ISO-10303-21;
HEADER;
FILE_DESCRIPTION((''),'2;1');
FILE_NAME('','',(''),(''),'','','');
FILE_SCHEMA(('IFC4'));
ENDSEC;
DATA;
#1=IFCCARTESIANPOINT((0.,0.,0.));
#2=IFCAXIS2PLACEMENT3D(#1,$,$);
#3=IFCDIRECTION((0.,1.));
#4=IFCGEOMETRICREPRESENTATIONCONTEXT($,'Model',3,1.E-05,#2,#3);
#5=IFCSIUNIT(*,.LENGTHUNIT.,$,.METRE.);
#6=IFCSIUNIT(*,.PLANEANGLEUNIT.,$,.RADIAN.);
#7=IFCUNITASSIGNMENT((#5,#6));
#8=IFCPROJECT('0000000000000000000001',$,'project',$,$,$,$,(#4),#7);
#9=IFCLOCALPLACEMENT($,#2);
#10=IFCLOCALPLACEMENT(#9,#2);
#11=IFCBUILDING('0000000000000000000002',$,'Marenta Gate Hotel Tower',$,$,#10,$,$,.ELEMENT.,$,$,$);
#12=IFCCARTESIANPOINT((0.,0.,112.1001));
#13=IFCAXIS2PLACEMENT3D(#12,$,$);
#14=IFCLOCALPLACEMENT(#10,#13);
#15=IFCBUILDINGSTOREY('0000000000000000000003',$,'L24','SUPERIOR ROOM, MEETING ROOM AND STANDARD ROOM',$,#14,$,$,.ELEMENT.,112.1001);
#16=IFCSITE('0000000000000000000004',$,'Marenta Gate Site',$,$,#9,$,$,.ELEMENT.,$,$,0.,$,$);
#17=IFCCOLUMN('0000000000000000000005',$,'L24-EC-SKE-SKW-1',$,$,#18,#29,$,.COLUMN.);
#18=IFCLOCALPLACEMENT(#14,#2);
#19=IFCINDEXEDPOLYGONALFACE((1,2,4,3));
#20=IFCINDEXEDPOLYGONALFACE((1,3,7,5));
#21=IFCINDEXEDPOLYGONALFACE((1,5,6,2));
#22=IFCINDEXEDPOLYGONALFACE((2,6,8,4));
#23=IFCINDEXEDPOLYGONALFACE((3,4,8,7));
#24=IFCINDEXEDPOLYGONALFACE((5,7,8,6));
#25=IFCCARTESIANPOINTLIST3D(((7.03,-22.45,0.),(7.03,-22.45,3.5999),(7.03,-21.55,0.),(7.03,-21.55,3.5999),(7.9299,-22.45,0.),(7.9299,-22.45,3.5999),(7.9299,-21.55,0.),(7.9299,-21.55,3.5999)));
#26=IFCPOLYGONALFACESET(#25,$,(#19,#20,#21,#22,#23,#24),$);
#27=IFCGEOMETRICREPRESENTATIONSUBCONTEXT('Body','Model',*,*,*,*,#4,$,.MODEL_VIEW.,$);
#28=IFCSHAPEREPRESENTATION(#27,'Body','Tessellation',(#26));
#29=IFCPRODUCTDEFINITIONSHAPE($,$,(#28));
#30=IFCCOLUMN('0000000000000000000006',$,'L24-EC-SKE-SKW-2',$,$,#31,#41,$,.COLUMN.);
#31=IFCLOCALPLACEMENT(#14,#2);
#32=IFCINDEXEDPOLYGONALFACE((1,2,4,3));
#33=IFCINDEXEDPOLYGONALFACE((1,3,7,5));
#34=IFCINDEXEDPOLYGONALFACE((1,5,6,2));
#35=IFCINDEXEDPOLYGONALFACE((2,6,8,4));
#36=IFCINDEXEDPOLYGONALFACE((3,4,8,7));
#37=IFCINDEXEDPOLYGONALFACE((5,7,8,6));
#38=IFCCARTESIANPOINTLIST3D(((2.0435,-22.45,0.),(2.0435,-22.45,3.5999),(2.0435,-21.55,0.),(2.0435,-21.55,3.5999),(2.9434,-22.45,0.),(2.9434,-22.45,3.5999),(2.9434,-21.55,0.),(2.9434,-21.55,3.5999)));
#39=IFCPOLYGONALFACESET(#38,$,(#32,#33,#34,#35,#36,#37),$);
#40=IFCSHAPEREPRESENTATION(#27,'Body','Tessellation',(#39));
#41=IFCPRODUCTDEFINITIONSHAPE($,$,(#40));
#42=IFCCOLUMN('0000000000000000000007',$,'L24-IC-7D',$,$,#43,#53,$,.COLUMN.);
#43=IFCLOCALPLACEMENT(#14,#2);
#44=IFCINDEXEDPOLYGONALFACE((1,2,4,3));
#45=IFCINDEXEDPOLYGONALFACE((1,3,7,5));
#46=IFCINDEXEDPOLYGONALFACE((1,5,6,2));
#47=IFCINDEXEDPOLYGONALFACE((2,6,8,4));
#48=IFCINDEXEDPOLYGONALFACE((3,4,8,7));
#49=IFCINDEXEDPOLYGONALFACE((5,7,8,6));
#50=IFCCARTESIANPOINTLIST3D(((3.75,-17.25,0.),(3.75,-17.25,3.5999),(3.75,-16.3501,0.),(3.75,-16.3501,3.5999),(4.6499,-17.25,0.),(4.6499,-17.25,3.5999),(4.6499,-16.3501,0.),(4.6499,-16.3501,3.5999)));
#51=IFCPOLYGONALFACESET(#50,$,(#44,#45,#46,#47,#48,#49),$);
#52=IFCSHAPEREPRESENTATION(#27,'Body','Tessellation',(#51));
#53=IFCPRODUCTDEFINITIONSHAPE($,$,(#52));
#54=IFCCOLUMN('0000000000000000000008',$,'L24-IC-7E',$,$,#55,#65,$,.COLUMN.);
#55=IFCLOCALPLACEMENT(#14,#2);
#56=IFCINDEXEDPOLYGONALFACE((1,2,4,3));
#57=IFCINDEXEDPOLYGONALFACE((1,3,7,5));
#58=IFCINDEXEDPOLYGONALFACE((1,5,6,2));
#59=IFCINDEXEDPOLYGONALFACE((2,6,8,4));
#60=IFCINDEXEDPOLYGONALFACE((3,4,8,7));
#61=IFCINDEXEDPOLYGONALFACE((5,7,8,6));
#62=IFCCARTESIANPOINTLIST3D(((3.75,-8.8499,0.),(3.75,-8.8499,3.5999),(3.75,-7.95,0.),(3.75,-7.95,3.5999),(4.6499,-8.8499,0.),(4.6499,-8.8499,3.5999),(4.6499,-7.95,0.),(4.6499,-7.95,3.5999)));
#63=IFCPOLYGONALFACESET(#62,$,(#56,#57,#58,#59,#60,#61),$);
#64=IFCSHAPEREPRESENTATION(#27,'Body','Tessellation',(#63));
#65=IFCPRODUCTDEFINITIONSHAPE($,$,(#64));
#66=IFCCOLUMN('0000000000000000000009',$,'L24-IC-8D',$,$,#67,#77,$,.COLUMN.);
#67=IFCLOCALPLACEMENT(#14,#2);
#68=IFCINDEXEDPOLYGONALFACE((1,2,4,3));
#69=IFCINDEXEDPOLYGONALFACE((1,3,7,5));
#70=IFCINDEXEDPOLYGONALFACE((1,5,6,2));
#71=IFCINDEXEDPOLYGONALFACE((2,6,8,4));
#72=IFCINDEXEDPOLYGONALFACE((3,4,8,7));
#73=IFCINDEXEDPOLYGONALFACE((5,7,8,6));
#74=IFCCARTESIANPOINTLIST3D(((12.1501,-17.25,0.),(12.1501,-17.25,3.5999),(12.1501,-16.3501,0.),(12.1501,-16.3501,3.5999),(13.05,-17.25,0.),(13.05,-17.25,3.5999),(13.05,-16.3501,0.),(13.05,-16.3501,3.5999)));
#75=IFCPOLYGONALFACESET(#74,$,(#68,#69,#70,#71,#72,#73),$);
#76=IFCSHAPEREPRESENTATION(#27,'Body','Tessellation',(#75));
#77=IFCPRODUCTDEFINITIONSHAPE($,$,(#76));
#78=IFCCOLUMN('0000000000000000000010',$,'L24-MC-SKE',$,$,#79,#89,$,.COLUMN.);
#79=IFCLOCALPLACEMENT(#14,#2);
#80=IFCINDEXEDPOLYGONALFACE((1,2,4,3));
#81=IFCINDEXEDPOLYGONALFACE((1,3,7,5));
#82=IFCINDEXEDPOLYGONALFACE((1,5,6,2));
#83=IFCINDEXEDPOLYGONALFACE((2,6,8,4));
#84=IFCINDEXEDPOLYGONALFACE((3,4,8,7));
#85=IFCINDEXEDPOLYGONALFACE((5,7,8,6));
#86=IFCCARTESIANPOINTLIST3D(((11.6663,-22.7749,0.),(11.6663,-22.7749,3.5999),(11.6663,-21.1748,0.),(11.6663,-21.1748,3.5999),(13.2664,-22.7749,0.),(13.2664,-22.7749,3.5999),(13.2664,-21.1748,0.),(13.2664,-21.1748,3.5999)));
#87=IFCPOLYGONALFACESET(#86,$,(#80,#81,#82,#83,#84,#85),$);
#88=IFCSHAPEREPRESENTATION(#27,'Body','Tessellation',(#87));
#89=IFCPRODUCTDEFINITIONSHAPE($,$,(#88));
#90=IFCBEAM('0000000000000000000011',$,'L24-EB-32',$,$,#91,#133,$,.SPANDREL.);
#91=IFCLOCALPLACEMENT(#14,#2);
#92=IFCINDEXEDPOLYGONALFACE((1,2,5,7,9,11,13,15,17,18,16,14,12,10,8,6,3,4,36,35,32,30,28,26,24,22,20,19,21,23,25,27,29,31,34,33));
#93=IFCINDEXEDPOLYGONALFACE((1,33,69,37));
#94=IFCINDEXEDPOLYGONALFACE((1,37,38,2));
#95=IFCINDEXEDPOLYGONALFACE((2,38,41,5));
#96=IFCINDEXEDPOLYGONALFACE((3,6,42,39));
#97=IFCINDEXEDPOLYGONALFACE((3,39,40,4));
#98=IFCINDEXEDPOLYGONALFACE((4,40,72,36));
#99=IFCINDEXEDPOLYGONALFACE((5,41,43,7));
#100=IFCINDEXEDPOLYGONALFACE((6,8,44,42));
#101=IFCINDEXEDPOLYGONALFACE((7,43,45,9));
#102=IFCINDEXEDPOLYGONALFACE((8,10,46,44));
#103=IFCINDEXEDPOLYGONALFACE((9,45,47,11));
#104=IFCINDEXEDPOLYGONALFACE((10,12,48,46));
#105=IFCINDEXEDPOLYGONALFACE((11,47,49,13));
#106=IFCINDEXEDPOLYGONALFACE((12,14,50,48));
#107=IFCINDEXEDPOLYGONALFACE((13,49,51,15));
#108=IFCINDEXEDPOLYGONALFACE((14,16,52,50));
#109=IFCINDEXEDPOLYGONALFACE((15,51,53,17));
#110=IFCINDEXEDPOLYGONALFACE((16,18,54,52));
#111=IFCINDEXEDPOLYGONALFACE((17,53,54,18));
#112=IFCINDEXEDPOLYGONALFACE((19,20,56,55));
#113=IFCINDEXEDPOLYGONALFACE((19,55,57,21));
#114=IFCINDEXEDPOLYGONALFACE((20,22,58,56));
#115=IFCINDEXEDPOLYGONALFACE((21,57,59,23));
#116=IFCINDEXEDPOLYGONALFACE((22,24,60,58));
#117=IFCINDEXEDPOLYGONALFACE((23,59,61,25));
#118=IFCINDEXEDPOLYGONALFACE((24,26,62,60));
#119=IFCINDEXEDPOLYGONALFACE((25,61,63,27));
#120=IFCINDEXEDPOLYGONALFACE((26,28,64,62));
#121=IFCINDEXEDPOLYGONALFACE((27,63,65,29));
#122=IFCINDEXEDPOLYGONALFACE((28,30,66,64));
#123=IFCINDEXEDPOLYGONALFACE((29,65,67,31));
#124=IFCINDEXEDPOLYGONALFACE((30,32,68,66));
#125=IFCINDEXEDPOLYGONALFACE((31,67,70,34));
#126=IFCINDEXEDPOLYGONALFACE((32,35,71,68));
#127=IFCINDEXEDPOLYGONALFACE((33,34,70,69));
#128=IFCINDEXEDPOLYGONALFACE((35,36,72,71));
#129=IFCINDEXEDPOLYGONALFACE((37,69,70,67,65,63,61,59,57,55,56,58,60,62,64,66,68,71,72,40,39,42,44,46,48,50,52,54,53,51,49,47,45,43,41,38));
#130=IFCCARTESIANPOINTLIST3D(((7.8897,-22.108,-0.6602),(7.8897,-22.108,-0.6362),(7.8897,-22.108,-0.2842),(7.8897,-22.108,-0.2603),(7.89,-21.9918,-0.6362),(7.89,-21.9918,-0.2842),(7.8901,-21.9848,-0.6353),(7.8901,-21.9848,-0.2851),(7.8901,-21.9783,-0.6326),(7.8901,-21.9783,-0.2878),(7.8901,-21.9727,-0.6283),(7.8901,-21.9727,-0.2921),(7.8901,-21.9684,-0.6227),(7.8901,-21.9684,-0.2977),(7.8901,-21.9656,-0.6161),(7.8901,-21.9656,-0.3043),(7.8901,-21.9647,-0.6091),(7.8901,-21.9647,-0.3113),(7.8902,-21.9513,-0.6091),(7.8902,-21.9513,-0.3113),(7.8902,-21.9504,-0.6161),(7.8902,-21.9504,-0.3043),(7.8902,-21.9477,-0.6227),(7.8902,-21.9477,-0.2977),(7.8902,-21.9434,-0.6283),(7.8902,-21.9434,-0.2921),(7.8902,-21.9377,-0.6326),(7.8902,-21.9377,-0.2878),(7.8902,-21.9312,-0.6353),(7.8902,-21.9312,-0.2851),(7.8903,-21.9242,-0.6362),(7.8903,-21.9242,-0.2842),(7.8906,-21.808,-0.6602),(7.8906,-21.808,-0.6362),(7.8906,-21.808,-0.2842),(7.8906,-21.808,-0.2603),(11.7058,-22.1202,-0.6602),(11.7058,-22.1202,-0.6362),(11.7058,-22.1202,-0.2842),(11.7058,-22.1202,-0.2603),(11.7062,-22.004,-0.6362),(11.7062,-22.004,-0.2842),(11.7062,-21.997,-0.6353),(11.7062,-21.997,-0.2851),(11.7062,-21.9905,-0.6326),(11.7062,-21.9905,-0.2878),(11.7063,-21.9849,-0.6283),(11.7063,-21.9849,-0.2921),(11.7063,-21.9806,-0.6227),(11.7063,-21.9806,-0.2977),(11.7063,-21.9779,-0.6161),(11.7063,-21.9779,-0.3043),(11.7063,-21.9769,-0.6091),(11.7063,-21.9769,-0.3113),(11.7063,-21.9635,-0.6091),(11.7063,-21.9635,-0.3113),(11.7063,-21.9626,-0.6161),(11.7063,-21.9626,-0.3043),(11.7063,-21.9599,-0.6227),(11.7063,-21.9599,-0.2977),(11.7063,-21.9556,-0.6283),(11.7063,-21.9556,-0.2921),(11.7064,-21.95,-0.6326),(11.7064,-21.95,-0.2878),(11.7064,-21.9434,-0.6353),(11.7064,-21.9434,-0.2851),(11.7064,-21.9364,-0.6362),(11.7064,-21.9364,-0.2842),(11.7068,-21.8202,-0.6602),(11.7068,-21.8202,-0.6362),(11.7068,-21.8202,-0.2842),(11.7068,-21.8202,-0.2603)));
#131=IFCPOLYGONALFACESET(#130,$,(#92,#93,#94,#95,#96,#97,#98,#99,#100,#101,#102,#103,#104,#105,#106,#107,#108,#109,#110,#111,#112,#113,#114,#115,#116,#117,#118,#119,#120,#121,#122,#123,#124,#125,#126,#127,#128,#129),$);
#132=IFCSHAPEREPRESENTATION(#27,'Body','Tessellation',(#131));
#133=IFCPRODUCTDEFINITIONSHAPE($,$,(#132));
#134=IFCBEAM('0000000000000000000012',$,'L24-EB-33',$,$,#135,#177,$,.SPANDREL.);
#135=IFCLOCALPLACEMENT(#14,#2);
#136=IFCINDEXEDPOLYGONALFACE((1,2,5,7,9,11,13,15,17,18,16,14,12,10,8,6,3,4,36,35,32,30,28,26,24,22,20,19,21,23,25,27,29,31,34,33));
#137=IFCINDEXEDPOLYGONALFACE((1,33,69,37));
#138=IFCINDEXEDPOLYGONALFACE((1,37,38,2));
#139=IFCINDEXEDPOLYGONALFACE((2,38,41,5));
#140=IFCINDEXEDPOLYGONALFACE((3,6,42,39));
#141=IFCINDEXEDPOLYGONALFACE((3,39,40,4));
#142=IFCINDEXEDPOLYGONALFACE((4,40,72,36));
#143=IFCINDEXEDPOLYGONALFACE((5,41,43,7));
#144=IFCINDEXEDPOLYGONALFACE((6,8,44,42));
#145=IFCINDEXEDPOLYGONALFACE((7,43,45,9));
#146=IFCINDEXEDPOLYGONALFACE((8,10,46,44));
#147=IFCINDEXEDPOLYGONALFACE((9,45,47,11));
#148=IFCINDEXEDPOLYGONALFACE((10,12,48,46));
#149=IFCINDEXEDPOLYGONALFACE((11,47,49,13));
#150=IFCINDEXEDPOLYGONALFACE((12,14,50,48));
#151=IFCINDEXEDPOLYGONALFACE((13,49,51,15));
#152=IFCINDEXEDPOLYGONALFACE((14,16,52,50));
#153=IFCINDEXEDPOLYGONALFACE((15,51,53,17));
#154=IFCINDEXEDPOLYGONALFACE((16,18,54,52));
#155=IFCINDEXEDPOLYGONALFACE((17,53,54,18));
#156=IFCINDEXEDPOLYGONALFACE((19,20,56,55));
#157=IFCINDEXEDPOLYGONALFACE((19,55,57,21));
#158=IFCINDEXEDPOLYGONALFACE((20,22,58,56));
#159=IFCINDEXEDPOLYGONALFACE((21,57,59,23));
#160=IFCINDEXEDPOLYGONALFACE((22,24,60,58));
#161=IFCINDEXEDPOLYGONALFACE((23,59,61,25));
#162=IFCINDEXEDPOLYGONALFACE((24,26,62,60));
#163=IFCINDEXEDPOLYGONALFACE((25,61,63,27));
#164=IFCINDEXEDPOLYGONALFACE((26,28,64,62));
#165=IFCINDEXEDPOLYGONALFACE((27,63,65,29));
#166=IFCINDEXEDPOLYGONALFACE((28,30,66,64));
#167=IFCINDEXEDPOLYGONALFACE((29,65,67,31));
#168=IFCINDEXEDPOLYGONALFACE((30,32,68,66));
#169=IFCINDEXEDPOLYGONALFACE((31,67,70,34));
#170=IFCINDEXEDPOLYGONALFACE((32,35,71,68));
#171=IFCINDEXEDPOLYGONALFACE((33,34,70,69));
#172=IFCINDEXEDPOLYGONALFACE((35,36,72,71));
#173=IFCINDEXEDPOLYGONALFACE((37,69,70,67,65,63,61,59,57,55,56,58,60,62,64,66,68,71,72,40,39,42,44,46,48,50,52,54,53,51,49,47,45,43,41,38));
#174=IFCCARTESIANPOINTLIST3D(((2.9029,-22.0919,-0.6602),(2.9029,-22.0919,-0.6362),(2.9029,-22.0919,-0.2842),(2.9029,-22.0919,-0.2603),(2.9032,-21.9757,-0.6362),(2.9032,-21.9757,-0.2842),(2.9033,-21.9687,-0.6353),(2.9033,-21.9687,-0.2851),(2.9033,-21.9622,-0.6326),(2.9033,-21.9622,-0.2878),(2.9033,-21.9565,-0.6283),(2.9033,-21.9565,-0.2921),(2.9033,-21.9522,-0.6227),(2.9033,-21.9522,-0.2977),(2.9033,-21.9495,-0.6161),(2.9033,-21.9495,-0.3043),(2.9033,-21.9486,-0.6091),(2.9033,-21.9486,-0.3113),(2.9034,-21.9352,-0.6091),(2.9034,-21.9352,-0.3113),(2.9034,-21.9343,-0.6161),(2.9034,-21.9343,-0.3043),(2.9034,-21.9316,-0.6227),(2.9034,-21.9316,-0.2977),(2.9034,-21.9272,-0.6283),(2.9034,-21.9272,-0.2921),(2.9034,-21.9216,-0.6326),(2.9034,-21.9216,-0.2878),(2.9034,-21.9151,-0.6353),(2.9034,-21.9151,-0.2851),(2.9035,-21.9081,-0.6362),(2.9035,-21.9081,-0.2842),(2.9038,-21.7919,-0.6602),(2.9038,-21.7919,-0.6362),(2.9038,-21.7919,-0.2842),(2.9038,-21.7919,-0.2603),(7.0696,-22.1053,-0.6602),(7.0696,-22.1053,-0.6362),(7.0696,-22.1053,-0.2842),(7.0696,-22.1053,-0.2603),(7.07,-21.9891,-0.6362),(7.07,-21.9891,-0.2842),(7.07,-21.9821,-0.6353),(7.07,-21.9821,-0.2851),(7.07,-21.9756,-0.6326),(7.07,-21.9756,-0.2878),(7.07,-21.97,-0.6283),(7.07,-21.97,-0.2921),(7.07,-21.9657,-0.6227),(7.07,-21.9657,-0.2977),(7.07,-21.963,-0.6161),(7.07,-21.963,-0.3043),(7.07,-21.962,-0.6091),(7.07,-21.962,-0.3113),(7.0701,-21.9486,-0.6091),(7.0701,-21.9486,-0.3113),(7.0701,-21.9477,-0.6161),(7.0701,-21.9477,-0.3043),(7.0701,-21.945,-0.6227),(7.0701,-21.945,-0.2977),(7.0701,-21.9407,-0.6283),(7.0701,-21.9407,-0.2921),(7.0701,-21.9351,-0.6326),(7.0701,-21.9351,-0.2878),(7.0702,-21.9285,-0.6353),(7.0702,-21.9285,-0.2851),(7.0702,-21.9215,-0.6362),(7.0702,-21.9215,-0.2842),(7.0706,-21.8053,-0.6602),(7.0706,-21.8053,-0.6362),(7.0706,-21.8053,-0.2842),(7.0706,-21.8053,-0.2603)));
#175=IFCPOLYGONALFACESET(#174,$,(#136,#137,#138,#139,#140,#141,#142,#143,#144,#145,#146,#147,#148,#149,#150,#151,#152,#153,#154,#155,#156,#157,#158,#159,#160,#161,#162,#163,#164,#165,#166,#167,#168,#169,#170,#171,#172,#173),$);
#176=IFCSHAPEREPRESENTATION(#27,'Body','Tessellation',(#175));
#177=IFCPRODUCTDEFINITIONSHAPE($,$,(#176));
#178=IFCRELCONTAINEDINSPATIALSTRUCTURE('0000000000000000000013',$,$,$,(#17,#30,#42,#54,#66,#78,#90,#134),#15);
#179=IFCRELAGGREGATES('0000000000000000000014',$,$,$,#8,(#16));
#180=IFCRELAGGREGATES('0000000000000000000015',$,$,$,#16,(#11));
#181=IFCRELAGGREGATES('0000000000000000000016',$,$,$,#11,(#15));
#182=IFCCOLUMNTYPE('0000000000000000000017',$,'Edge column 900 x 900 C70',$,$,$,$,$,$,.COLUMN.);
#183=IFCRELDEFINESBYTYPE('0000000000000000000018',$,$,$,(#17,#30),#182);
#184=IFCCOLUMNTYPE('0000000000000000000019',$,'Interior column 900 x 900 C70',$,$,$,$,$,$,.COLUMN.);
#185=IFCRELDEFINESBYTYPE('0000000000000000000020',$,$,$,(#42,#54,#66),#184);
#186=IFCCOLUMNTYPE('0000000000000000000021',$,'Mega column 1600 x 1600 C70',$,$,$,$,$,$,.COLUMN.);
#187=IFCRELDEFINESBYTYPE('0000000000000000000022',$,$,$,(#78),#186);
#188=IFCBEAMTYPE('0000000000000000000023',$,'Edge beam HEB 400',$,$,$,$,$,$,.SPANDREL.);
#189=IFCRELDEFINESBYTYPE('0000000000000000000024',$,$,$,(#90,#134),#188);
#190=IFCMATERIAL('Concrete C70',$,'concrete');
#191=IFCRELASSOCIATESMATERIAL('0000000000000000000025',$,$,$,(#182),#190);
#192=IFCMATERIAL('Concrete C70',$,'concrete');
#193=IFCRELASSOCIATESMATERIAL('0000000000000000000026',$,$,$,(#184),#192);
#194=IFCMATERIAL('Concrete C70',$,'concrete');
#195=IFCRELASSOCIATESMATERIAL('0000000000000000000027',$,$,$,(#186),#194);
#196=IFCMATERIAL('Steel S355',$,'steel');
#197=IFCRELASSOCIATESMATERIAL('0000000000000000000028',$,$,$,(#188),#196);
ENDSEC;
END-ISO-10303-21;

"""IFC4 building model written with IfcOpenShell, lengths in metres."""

from ifc_helpers import new_model, si_unit, direction, frame, origin, origin_2d, place, context, subcontext, project, spatial, rectangle, i_section, extrude, material, material_profile, profile_set, type_object, element, save


model = new_model("IFC4")

# Units and contexts
model_context = context("Model", 3, precision=1e-05, world=origin(), true_north=direction((0.0, 1.0)))
body_context = subcontext(model_context, "Body", "Model", "MODEL_VIEW")
ifc_project = project(units=[si_unit("LENGTHUNIT", "METRE"), si_unit("PLANEANGLEUNIT", "RADIAN")], contexts=[model_context])

# Site, building, storey
site_placement = place(None, origin())
site = spatial("IfcSite", under=ifc_project, at=site_placement, Name="Marenta Gate Site", CompositionType="ELEMENT", RefElevation=0.0)
building_placement = place(site_placement, origin())
building = spatial("IfcBuilding", under=site, at=building_placement, Name="Marenta Gate Hotel Tower", CompositionType="ELEMENT")
storey_placement = place(building_placement, frame((0.0, 0.0, 112.1001)))
storey = spatial("IfcBuildingStorey", under=building, at=storey_placement, Name="L24", Description="SUPERIOR ROOM, MEETING ROOM AND STANDARD ROOM", CompositionType="ELEMENT", Elevation=112.1001)

# Columns
ifc_material_1 = material(Name="Concrete C70", Category="concrete")
ifc_material_profile_1 = material_profile(ifc_material_1, rectangle(XDim=0.8999, YDim=0.8999, at=origin_2d()), Name="900 x 900")
ifc_profile_set_1 = profile_set([ifc_material_profile_1], Name="Concrete C70")
column_type_1 = type_object("IfcColumnType", Name="Edge column 900 x 900 C70", PredefinedType="COLUMN", material=ifc_profile_set_1)
for number, where, z_axis, x_axis, name in (
    (1, (7.48, -22.0, 0.0), (0.0, 0.0, 1.0), (1.0, 0.0, 0.0), "L24-EC-SKE-SKW-1"),
    (2, (2.4934, -22.0, 0.0), (0.0, 0.0, 1.0), (1.0, 0.0, 0.0), "L24-EC-SKE-SKW-2"),
):
    element("IfcColumn", number, at=place(storey_placement, frame(where, z_axis=z_axis, x_axis=x_axis)), inside=storey, type_object=column_type_1, Name=name, PredefinedType="COLUMN", context=body_context, shape_type="SweptSolid", body=[
        extrude(rectangle(XDim=0.8999, YDim=0.8999, at=origin_2d()), origin(), (0.0, 0.0, 1.0), 3.5999),
    ])
ifc_material_2 = material(Name="Concrete C70", Category="concrete")
ifc_material_profile_2 = material_profile(ifc_material_2, rectangle(XDim=0.8999, YDim=0.8999, at=origin_2d()), Name="900 x 900")
ifc_profile_set_2 = profile_set([ifc_material_profile_2], Name="Concrete C70")
column_type_2 = type_object("IfcColumnType", Name="Interior column 900 x 900 C70", PredefinedType="COLUMN", material=ifc_profile_set_2)
for number, where, z_axis, x_axis, name in (
    (3, (4.2, -16.8, 0.0), (0.0, 0.0, 1.0), (1.0, 0.0, 0.0), "L24-IC-7D"),
    (4, (4.2, -8.3999, 0.0), (0.0, 0.0, 1.0), (1.0, 0.0, 0.0), "L24-IC-7E"),
    (5, (12.6001, -16.8, 0.0), (0.0, 0.0, 1.0), (1.0, 0.0, 0.0), "L24-IC-8D"),
):
    element("IfcColumn", number, at=place(storey_placement, frame(where, z_axis=z_axis, x_axis=x_axis)), inside=storey, type_object=column_type_2, Name=name, PredefinedType="COLUMN", context=body_context, shape_type="SweptSolid", body=[
        extrude(rectangle(XDim=0.8999, YDim=0.8999, at=origin_2d()), origin(), (0.0, 0.0, 1.0), 3.5999),
    ])
ifc_material_3 = material(Name="Concrete C70", Category="concrete")
ifc_material_profile_3 = material_profile(ifc_material_3, rectangle(XDim=1.6001, YDim=1.6001, at=origin_2d()), Name="1600 x 1600")
ifc_profile_set_3 = profile_set([ifc_material_profile_3], Name="Concrete C70")
column_type_3 = type_object("IfcColumnType", Name="Mega column 1600 x 1600 C70", PredefinedType="COLUMN", material=ifc_profile_set_3)
column_placement = place(storey_placement, frame((12.4663, -21.9749, 0.0), z_axis=(0.0, 0.0, 1.0), x_axis=(1.0, 0.0, 0.0)))
element("IfcColumn", 6, at=column_placement, inside=storey, type_object=column_type_3, Name="L24-MC-SKE", PredefinedType="COLUMN", context=body_context, shape_type="SweptSolid", body=[
    extrude(rectangle(XDim=1.6001, YDim=1.6001, at=origin_2d()), origin(), (0.0, 0.0, 1.0), 3.5999),
])

# Beams
ifc_material_4 = material(Name="Steel S355", Category="steel")
ifc_material_profile_4 = material_profile(ifc_material_4, i_section(OverallWidth=0.3, OverallDepth=0.3999, WebThickness=0.0134, FlangeThickness=0.0239, FilletRadius=0.0271, at=origin_2d()), Name="HEB 400")
ifc_profile_set_4 = profile_set([ifc_material_profile_4], Name="Steel S355")
beam_type_1 = type_object("IfcBeamType", Name="Edge beam HEB 400", PredefinedType="SPANDREL", material=ifc_profile_set_4)
beam_1_placement = place(storey_placement, frame((11.7063, -21.9702, -0.4602), z_axis=(-0.999995, 0.003199, 0.0), x_axis=(-0.003199, -0.999995, 0.0)))
element("IfcBeam", 7, at=beam_1_placement, inside=storey, type_object=beam_type_1, Name="L24-EB-32", PredefinedType="SPANDREL", context=body_context, shape_type="SweptSolid", body=[
    extrude(i_section(OverallWidth=0.3, OverallDepth=0.3999, WebThickness=0.0134, FlangeThickness=0.0239, FilletRadius=0.0271, at=origin_2d()), origin(), (0.0, 0.0, 1.0), 3.8162),
])
beam_2_placement = place(storey_placement, frame((7.0701, -21.9553, -0.4602), z_axis=(-0.999995, 0.003223, 0.0), x_axis=(-0.003223, -0.999995, 0.0)))
element("IfcBeam", 8, at=beam_2_placement, inside=storey, type_object=beam_type_1, Name="L24-EB-33", PredefinedType="SPANDREL", context=body_context, shape_type="SweptSolid", body=[
    extrude(i_section(OverallWidth=0.3, OverallDepth=0.3999, WebThickness=0.0134, FlangeThickness=0.0239, FilletRadius=0.0271, at=origin_2d()), origin(), (0.0, 0.0, 1.0), 4.1667),
])

save(model, "model.ifc")
